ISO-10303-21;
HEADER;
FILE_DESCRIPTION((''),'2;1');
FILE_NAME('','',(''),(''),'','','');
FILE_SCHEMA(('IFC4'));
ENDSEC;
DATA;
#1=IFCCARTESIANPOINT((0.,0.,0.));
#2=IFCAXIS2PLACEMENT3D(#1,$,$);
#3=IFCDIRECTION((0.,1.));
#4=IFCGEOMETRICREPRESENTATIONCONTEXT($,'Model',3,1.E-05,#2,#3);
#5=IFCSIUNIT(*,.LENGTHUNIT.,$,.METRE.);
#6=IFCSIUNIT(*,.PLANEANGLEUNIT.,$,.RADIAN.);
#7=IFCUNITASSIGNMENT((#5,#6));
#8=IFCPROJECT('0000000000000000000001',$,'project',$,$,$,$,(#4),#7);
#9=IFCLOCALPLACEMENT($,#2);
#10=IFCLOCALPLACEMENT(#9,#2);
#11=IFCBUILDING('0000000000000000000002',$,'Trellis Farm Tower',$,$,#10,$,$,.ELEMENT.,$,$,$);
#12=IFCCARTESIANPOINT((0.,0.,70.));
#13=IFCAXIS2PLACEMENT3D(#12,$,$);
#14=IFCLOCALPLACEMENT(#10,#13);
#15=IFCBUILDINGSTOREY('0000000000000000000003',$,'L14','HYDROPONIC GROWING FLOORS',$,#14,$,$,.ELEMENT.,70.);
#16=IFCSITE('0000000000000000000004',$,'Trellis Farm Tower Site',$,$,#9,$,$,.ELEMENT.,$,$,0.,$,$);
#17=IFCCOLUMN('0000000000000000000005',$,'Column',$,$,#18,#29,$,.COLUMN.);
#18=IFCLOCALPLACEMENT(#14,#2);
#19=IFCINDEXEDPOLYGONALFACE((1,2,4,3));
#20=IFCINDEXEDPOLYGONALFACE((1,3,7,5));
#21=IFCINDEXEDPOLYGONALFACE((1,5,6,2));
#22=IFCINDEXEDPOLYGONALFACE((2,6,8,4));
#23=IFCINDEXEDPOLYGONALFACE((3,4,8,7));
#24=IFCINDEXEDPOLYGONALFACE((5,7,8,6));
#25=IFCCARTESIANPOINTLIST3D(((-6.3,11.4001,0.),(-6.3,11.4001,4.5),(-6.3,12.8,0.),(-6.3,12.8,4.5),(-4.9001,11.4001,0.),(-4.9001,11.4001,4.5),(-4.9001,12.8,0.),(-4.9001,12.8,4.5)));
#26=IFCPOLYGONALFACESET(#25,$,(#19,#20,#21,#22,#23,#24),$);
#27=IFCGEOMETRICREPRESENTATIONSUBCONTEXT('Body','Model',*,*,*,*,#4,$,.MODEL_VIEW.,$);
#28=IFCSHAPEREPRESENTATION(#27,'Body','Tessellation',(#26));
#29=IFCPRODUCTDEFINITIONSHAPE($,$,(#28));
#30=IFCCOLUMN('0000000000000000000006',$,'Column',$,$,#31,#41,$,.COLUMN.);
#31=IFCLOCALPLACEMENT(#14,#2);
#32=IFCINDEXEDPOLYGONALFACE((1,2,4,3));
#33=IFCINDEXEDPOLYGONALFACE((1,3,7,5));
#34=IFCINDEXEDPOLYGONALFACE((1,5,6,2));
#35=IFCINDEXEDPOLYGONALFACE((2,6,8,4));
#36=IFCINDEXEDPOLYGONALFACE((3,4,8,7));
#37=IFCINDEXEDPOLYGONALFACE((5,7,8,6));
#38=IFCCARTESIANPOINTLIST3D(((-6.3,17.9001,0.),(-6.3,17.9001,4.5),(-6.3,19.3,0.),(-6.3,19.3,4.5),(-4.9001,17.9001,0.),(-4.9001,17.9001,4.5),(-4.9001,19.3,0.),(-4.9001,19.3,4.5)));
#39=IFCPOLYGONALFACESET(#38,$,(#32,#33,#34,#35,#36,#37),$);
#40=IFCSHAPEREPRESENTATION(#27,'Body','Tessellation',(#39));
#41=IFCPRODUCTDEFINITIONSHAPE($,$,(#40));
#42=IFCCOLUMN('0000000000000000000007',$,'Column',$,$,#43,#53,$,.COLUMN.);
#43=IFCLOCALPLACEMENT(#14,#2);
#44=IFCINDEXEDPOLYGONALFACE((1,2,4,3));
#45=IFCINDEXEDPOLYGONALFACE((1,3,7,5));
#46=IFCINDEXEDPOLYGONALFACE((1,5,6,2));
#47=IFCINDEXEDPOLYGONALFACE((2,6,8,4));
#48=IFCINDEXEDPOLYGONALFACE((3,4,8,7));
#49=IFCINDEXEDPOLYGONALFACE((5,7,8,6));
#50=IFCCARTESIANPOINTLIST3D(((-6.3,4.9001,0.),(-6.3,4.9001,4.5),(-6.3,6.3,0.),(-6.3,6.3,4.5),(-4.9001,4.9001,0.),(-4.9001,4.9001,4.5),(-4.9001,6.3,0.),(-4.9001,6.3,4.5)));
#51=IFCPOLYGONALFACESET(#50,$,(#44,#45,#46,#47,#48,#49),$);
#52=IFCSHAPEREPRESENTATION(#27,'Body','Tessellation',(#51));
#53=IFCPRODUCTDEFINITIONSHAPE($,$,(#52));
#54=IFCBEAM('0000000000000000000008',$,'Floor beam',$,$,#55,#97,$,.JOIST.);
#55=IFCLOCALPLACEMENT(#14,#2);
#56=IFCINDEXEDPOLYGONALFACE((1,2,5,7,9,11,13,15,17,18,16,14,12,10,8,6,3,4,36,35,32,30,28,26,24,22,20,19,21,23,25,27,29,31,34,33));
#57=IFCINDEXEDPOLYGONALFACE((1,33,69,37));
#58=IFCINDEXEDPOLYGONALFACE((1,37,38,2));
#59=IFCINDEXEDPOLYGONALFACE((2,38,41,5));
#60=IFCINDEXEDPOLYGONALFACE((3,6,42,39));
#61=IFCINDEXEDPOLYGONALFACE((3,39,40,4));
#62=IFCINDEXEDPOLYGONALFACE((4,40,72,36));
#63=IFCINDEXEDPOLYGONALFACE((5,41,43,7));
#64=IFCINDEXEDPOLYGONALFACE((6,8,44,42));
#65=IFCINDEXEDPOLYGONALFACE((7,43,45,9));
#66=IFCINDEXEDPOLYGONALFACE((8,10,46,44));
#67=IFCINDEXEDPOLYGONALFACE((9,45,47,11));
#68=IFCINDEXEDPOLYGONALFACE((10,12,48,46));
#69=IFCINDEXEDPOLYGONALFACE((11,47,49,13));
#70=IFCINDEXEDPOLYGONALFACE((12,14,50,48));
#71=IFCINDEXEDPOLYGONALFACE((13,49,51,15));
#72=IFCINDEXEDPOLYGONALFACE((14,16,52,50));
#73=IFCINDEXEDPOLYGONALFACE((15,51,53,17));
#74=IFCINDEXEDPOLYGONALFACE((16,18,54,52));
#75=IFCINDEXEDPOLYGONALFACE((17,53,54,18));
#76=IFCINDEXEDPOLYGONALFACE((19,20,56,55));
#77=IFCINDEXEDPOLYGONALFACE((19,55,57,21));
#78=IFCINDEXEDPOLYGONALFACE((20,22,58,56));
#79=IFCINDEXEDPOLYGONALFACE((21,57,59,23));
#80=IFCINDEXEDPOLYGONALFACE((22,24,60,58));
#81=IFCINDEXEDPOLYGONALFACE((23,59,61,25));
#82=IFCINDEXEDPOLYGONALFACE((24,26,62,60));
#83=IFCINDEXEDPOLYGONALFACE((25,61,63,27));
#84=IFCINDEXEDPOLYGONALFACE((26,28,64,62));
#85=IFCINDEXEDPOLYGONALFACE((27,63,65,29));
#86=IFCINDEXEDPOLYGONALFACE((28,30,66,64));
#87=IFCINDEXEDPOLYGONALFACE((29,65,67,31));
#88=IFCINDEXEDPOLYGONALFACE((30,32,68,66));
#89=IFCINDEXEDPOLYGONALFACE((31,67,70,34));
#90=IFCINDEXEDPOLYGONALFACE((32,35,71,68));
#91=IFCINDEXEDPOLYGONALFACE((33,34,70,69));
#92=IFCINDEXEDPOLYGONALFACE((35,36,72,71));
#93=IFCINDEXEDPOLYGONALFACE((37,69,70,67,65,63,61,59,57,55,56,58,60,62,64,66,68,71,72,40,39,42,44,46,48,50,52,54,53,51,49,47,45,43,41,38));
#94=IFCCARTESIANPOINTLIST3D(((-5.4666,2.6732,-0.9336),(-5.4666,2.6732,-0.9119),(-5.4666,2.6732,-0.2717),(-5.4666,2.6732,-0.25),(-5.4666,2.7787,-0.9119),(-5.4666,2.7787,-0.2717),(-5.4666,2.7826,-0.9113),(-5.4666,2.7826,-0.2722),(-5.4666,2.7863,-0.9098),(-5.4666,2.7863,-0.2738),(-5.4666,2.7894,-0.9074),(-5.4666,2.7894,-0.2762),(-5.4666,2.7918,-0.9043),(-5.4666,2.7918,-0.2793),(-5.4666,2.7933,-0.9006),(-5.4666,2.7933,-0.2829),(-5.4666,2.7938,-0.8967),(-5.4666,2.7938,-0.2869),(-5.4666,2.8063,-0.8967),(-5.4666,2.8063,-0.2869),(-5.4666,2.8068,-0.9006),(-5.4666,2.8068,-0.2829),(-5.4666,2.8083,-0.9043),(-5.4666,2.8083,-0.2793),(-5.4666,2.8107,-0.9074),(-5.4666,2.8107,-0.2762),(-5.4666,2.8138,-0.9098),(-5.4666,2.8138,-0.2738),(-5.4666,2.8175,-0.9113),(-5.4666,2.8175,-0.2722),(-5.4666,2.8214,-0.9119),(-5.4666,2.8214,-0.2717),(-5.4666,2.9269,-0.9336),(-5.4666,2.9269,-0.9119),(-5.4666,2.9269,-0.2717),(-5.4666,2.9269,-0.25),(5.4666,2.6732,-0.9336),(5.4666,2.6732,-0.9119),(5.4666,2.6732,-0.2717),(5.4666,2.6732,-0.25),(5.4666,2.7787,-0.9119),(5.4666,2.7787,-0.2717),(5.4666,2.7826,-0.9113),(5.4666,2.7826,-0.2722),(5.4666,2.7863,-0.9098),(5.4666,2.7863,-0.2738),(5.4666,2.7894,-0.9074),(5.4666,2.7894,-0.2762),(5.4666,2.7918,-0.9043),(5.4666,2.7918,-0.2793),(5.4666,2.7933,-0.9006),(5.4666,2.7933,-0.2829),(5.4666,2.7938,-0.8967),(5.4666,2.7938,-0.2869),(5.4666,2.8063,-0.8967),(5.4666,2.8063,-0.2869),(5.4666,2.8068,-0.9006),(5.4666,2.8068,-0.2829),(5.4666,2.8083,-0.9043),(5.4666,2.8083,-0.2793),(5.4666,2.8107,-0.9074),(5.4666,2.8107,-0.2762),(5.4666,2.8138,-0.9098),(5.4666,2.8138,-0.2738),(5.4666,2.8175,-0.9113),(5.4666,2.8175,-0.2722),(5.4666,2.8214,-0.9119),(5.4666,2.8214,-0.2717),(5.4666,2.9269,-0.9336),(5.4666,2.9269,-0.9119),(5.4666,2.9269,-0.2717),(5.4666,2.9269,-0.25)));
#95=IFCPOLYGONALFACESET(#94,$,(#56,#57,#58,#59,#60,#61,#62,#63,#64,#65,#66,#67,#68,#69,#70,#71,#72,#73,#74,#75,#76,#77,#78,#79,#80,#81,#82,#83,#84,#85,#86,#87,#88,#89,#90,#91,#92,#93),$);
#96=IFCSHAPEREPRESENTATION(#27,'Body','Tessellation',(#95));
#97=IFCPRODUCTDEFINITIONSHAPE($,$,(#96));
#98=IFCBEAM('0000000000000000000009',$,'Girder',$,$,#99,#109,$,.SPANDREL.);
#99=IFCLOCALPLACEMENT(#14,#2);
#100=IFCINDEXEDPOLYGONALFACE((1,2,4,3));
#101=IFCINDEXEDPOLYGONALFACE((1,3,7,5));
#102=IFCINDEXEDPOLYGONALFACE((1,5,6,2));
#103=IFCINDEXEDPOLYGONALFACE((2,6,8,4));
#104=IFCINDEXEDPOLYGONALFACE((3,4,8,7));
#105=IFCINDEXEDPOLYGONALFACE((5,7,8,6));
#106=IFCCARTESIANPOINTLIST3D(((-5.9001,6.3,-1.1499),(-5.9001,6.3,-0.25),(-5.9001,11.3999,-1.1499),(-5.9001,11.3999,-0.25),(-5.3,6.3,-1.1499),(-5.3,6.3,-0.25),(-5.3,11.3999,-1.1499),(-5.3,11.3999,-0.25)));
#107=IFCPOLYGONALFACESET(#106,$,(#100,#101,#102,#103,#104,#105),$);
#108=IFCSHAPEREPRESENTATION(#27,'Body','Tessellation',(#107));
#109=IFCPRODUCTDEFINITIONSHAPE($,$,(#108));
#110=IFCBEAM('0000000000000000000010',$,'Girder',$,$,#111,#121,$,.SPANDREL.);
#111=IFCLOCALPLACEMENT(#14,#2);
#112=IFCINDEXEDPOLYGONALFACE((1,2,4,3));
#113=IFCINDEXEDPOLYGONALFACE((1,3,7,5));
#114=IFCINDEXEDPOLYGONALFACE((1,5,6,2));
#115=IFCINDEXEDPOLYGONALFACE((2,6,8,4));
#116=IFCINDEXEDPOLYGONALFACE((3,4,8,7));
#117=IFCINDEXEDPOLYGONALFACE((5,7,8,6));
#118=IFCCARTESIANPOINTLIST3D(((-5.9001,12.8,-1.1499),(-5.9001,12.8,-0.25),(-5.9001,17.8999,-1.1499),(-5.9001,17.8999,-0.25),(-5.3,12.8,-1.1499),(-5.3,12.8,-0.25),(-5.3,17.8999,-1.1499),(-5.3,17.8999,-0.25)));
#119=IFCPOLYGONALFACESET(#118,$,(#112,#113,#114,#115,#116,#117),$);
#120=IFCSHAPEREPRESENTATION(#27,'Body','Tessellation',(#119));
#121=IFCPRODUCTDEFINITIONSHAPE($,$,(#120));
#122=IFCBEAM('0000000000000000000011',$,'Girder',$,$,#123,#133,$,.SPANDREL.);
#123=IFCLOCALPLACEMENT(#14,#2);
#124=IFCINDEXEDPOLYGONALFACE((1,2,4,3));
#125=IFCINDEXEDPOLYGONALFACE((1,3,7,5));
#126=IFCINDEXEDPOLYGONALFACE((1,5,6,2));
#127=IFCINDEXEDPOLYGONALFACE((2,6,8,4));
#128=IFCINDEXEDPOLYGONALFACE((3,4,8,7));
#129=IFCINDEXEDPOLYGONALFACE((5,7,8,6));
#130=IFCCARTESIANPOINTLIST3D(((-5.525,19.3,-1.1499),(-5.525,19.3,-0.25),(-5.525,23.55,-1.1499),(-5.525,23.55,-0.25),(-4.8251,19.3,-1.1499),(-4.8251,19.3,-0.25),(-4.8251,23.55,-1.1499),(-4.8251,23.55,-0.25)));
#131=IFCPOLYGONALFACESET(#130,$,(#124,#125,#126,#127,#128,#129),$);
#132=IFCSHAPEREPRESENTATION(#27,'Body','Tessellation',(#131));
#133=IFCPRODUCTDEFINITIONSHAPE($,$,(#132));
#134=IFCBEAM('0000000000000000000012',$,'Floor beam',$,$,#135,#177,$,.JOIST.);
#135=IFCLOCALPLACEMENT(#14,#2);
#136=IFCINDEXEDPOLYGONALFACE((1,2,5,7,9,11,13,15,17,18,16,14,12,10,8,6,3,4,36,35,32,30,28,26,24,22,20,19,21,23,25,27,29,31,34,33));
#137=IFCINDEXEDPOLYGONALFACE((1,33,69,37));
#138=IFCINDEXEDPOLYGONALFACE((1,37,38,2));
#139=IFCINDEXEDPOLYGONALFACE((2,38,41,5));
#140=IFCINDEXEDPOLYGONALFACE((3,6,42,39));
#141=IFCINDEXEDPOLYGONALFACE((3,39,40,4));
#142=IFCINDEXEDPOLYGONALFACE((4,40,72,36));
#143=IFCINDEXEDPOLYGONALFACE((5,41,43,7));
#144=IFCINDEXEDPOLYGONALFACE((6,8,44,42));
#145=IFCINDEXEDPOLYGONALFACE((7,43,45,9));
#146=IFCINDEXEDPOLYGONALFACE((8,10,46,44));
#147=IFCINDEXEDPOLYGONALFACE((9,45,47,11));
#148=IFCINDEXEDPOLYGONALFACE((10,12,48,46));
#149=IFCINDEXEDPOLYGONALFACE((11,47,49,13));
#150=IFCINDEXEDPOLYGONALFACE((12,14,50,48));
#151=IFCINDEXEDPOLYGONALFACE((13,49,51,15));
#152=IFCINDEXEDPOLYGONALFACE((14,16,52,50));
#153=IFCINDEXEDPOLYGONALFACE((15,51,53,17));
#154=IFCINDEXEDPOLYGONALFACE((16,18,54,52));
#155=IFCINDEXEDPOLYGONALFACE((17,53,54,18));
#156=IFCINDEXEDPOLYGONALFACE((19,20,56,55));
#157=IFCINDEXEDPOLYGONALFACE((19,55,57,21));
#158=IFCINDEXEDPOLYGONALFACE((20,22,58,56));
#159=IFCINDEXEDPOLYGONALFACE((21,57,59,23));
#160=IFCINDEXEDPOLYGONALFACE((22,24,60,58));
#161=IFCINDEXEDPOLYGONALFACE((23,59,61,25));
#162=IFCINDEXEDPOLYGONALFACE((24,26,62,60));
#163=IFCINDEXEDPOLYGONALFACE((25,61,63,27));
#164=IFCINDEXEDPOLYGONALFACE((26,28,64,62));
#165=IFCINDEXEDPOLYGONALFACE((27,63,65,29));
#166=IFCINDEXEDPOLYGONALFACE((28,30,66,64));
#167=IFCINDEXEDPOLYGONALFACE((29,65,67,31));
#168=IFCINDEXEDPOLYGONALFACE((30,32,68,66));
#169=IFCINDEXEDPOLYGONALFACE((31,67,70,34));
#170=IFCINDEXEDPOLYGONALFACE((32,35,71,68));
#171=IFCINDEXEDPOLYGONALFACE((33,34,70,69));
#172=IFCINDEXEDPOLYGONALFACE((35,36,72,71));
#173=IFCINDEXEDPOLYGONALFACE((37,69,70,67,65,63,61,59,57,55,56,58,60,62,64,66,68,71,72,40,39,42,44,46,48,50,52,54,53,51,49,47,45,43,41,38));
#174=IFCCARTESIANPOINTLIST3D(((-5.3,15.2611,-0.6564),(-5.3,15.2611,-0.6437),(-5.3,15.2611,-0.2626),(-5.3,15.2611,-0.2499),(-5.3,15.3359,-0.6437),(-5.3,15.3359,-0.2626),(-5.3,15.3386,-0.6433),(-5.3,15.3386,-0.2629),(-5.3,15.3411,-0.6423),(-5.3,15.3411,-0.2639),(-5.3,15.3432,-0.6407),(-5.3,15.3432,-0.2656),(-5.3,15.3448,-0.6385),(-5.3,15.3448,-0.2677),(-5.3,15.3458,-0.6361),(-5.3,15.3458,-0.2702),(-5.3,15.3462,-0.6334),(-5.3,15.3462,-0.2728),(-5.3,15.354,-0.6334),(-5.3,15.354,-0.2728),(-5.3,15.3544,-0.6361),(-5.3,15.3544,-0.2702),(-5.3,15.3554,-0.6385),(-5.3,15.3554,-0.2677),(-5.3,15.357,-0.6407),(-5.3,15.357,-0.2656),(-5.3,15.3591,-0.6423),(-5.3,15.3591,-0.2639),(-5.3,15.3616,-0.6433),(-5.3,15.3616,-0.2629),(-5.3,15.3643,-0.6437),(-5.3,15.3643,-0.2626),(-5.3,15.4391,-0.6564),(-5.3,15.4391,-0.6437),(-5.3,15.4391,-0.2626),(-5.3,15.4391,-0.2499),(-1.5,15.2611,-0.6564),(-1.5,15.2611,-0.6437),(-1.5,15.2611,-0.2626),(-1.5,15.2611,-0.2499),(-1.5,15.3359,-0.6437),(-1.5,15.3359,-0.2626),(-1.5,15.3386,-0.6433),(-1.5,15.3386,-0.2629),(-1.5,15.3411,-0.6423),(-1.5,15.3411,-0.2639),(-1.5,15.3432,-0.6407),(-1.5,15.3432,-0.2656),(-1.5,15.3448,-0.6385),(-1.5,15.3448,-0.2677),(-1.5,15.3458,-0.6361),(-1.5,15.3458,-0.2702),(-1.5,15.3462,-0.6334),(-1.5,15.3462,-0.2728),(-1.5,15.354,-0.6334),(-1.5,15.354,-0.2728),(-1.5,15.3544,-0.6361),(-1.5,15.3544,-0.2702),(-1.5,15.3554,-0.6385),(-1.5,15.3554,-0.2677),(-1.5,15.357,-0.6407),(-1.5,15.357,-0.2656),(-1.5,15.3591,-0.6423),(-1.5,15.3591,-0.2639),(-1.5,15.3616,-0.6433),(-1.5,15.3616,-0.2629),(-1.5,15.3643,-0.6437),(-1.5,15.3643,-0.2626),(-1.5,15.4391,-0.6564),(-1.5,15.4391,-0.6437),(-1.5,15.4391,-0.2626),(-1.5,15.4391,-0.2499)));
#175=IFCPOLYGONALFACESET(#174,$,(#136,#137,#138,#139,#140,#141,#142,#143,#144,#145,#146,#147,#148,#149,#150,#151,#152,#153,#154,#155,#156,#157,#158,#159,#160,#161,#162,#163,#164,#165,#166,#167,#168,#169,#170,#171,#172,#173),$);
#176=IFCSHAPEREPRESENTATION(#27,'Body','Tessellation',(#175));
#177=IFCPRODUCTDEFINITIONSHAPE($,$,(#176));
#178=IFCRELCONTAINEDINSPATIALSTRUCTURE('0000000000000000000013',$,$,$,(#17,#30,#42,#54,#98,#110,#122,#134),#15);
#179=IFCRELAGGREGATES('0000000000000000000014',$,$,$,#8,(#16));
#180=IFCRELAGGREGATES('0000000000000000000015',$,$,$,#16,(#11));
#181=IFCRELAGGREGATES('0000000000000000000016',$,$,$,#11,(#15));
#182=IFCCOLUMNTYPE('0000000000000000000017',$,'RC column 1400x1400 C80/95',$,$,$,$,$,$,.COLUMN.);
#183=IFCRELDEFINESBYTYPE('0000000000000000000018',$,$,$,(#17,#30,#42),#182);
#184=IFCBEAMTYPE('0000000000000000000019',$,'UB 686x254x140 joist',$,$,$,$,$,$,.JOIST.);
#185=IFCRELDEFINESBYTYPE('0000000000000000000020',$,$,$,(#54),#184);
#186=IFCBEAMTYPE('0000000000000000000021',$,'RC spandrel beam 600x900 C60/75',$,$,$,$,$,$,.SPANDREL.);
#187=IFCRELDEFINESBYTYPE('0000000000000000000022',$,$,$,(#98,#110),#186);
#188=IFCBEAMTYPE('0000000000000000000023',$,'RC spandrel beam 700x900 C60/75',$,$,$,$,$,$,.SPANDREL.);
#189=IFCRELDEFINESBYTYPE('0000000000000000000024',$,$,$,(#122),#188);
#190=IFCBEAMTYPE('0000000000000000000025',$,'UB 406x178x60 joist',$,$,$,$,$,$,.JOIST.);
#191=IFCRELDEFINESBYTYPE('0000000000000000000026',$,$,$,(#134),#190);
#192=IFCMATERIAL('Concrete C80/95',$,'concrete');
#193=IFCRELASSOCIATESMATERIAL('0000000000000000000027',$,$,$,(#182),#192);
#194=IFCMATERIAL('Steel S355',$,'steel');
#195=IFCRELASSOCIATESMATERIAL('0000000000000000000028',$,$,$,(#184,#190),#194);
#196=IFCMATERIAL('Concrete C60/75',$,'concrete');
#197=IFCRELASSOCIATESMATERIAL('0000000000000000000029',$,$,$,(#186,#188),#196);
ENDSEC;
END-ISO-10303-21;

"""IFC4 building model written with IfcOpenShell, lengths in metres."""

from ifc_helpers import new_model, si_unit, direction, frame, origin, origin_2d, place, context, subcontext, project, spatial, rectangle, i_section, extrude, source, transform, mapped, material, material_profile, profile_set, type_object, element, save


model = new_model("IFC4")

# Units and contexts
model_context = context("Model", 3, precision=1e-05, world=origin(), true_north=direction((0.0, 1.0)))
body_context = subcontext(model_context, "Body", "Model", "MODEL_VIEW")
ifc_project = project(units=[si_unit("LENGTHUNIT", "METRE"), si_unit("PLANEANGLEUNIT", "RADIAN")], contexts=[model_context])

# Site, building, storey
site_placement = place(None, origin())
site = spatial("IfcSite", under=ifc_project, at=site_placement, Name="Trellis Farm Tower Site", CompositionType="ELEMENT", RefElevation=0.0)
building_placement = place(site_placement, origin())
building = spatial("IfcBuilding", under=site, at=building_placement, Name="Trellis Farm Tower", CompositionType="ELEMENT")
storey_placement = place(building_placement, frame((0.0, 0.0, 70.0)))
storey = spatial("IfcBuildingStorey", under=building, at=storey_placement, Name="L14", Description="HYDROPONIC GROWING FLOORS", CompositionType="ELEMENT", Elevation=70.0)

# Columns
ifc_material_1 = material(Name="Concrete C80/95", Category="concrete")
ifc_material_profile_1 = material_profile(ifc_material_1, rectangle(XDim=1.3999, YDim=1.3999, at=origin_2d()), Name="RC column 1400x1400 C80/95")
ifc_profile_set_1 = profile_set([ifc_material_profile_1], Name="Concrete C80/95")
column_type = type_object("IfcColumnType", Name="RC column 1400x1400 C80/95", PredefinedType="COLUMN", material=ifc_profile_set_1)
shared_shape_1 = source(origin(), body_context, "Body", "SweptSolid", [
    extrude(rectangle(XDim=1.3999, YDim=1.3999, at=origin_2d()), origin(), (0.0, 0.0, 1.0), 4.5),
])
for number, where, z_axis, x_axis, name in (
    (1, (-5.6001, 12.1001, 0.0), (0.0, 0.0, 1.0), (1.0, 0.0, 0.0), "Column"),
    (2, (-5.6001, 18.6001, 0.0), (0.0, 0.0, 1.0), (1.0, 0.0, 0.0), "Column"),
    (3, (-5.6001, 5.6001, 0.0), (0.0, 0.0, 1.0), (1.0, 0.0, 0.0), "Column"),
):
    element("IfcColumn", number, at=place(storey_placement, frame(where, z_axis=z_axis, x_axis=x_axis)), inside=storey, type_object=column_type, Name=name, PredefinedType="COLUMN", context=body_context, shape_type="MappedRepresentation", body=[
        mapped(shared_shape_1, transform((0.0, 0.0, 0.0))),
    ])

# Beams
ifc_material_2 = material(Name="Steel S355", Category="steel")
ifc_material_profile_2 = material_profile(ifc_material_2, i_section(OverallWidth=0.2537, OverallDepth=0.6836, WebThickness=0.0125, FlangeThickness=0.0217, FilletRadius=0.0151, at=origin_2d()), Name="UB 686x254x140")
ifc_profile_set_2 = profile_set([ifc_material_profile_2], Name="Steel S355")
beam_type_1 = type_object("IfcBeamType", Name="UB 686x254x140 joist", PredefinedType="JOIST", material=ifc_profile_set_2)
shared_shape_2 = source(origin(), body_context, "Body", "SweptSolid", [
    extrude(i_section(OverallWidth=0.2537, OverallDepth=0.6836, WebThickness=0.0125, FlangeThickness=0.0217, FilletRadius=0.0151, at=origin_2d()), origin(), (0.0, 0.0, 1.0), 10.9331),
])
beam_1_placement = place(storey_placement, frame((-5.4666, 2.8, -0.5918), z_axis=(1.0, 0.0, 0.0), x_axis=(0.0, 1.0, 0.0)))
element("IfcBeam", 4, at=beam_1_placement, inside=storey, type_object=beam_type_1, Name="Floor beam", PredefinedType="JOIST", context=body_context, shape_type="MappedRepresentation", body=[
    mapped(shared_shape_2, transform((0.0, 0.0, 0.0))),
])
ifc_material_3 = material(Name="Concrete C60/75", Category="concrete")
ifc_material_profile_3 = material_profile(ifc_material_3, rectangle(XDim=0.6001, YDim=0.8999, at=origin_2d()), Name="RC spandrel beam 600x900 C60/75")
ifc_profile_set_3 = profile_set([ifc_material_profile_3], Name="Concrete C60/75")
beam_type_2 = type_object("IfcBeamType", Name="RC spandrel beam 600x900 C60/75", PredefinedType="SPANDREL", material=ifc_profile_set_3)
shared_shape_3 = source(origin(), body_context, "Body", "SweptSolid", [
    extrude(rectangle(XDim=0.6001, YDim=0.8999, at=origin_2d()), origin(), (0.0, 0.0, 1.0), 5.0999),
])
for number, where, z_axis, x_axis, name in (
    (5, (-5.6001, 6.3, -0.7), (0.0, 1.0, 0.0), (-1.0, 0.0, 0.0), "Girder"),
    (6, (-5.6001, 12.8, -0.7), (0.0, 1.0, 0.0), (-1.0, 0.0, 0.0), "Girder"),
):
    element("IfcBeam", number, at=place(storey_placement, frame(where, z_axis=z_axis, x_axis=x_axis)), inside=storey, type_object=beam_type_2, Name=name, PredefinedType="SPANDREL", context=body_context, shape_type="MappedRepresentation", body=[
        mapped(shared_shape_3, transform((0.0, 0.0, 0.0))),
    ])
ifc_material_profile_4 = material_profile(ifc_material_3, rectangle(XDim=0.7, YDim=0.8999, at=origin_2d()), Name="RC spandrel beam 700x900 C60/75")
ifc_profile_set_4 = profile_set([ifc_material_profile_4], Name="Concrete C60/75")
beam_type_3 = type_object("IfcBeamType", Name="RC spandrel beam 700x900 C60/75", PredefinedType="SPANDREL", material=ifc_profile_set_4)
shared_shape_4 = source(origin(), body_context, "Body", "SweptSolid", [
    extrude(rectangle(XDim=0.7, YDim=0.8999, at=origin_2d()), origin(), (0.0, 0.0, 1.0), 4.25),
])
beam_2_placement = place(storey_placement, frame((-5.175, 19.3, -0.7), z_axis=(0.0, 1.0, 0.0), x_axis=(-1.0, 0.0, 0.0)))
element("IfcBeam", 7, at=beam_2_placement, inside=storey, type_object=beam_type_3, Name="Girder", PredefinedType="SPANDREL", context=body_context, shape_type="MappedRepresentation", body=[
    mapped(shared_shape_4, transform((0.0, 0.0, 0.0))),
])
ifc_material_profile_5 = material_profile(ifc_material_2, i_section(OverallWidth=0.178, OverallDepth=0.4065, WebThickness=0.0078, FlangeThickness=0.0127, FilletRadius=0.0103, at=origin_2d()), Name="UB 406x178x60")
ifc_profile_set_5 = profile_set([ifc_material_profile_5], Name="Steel S355")
beam_type_4 = type_object("IfcBeamType", Name="UB 406x178x60 joist", PredefinedType="JOIST", material=ifc_profile_set_5)
shared_shape_5 = source(origin(), body_context, "Body", "SweptSolid", [
    extrude(i_section(OverallWidth=0.178, OverallDepth=0.4065, WebThickness=0.0078, FlangeThickness=0.0127, FilletRadius=0.0103, at=origin_2d()), origin(), (0.0, 0.0, 1.0), 3.8),
])
beam_3_placement = place(storey_placement, frame((-5.3, 15.3501, -0.4531), z_axis=(1.0, 0.0, 0.0), x_axis=(0.0, 1.0, 0.0)))
element("IfcBeam", 8, at=beam_3_placement, inside=storey, type_object=beam_type_4, Name="Floor beam", PredefinedType="JOIST", context=body_context, shape_type="MappedRepresentation", body=[
    mapped(shared_shape_5, transform((0.0, 0.0, 0.0))),
])

save(model, "model.ifc")
